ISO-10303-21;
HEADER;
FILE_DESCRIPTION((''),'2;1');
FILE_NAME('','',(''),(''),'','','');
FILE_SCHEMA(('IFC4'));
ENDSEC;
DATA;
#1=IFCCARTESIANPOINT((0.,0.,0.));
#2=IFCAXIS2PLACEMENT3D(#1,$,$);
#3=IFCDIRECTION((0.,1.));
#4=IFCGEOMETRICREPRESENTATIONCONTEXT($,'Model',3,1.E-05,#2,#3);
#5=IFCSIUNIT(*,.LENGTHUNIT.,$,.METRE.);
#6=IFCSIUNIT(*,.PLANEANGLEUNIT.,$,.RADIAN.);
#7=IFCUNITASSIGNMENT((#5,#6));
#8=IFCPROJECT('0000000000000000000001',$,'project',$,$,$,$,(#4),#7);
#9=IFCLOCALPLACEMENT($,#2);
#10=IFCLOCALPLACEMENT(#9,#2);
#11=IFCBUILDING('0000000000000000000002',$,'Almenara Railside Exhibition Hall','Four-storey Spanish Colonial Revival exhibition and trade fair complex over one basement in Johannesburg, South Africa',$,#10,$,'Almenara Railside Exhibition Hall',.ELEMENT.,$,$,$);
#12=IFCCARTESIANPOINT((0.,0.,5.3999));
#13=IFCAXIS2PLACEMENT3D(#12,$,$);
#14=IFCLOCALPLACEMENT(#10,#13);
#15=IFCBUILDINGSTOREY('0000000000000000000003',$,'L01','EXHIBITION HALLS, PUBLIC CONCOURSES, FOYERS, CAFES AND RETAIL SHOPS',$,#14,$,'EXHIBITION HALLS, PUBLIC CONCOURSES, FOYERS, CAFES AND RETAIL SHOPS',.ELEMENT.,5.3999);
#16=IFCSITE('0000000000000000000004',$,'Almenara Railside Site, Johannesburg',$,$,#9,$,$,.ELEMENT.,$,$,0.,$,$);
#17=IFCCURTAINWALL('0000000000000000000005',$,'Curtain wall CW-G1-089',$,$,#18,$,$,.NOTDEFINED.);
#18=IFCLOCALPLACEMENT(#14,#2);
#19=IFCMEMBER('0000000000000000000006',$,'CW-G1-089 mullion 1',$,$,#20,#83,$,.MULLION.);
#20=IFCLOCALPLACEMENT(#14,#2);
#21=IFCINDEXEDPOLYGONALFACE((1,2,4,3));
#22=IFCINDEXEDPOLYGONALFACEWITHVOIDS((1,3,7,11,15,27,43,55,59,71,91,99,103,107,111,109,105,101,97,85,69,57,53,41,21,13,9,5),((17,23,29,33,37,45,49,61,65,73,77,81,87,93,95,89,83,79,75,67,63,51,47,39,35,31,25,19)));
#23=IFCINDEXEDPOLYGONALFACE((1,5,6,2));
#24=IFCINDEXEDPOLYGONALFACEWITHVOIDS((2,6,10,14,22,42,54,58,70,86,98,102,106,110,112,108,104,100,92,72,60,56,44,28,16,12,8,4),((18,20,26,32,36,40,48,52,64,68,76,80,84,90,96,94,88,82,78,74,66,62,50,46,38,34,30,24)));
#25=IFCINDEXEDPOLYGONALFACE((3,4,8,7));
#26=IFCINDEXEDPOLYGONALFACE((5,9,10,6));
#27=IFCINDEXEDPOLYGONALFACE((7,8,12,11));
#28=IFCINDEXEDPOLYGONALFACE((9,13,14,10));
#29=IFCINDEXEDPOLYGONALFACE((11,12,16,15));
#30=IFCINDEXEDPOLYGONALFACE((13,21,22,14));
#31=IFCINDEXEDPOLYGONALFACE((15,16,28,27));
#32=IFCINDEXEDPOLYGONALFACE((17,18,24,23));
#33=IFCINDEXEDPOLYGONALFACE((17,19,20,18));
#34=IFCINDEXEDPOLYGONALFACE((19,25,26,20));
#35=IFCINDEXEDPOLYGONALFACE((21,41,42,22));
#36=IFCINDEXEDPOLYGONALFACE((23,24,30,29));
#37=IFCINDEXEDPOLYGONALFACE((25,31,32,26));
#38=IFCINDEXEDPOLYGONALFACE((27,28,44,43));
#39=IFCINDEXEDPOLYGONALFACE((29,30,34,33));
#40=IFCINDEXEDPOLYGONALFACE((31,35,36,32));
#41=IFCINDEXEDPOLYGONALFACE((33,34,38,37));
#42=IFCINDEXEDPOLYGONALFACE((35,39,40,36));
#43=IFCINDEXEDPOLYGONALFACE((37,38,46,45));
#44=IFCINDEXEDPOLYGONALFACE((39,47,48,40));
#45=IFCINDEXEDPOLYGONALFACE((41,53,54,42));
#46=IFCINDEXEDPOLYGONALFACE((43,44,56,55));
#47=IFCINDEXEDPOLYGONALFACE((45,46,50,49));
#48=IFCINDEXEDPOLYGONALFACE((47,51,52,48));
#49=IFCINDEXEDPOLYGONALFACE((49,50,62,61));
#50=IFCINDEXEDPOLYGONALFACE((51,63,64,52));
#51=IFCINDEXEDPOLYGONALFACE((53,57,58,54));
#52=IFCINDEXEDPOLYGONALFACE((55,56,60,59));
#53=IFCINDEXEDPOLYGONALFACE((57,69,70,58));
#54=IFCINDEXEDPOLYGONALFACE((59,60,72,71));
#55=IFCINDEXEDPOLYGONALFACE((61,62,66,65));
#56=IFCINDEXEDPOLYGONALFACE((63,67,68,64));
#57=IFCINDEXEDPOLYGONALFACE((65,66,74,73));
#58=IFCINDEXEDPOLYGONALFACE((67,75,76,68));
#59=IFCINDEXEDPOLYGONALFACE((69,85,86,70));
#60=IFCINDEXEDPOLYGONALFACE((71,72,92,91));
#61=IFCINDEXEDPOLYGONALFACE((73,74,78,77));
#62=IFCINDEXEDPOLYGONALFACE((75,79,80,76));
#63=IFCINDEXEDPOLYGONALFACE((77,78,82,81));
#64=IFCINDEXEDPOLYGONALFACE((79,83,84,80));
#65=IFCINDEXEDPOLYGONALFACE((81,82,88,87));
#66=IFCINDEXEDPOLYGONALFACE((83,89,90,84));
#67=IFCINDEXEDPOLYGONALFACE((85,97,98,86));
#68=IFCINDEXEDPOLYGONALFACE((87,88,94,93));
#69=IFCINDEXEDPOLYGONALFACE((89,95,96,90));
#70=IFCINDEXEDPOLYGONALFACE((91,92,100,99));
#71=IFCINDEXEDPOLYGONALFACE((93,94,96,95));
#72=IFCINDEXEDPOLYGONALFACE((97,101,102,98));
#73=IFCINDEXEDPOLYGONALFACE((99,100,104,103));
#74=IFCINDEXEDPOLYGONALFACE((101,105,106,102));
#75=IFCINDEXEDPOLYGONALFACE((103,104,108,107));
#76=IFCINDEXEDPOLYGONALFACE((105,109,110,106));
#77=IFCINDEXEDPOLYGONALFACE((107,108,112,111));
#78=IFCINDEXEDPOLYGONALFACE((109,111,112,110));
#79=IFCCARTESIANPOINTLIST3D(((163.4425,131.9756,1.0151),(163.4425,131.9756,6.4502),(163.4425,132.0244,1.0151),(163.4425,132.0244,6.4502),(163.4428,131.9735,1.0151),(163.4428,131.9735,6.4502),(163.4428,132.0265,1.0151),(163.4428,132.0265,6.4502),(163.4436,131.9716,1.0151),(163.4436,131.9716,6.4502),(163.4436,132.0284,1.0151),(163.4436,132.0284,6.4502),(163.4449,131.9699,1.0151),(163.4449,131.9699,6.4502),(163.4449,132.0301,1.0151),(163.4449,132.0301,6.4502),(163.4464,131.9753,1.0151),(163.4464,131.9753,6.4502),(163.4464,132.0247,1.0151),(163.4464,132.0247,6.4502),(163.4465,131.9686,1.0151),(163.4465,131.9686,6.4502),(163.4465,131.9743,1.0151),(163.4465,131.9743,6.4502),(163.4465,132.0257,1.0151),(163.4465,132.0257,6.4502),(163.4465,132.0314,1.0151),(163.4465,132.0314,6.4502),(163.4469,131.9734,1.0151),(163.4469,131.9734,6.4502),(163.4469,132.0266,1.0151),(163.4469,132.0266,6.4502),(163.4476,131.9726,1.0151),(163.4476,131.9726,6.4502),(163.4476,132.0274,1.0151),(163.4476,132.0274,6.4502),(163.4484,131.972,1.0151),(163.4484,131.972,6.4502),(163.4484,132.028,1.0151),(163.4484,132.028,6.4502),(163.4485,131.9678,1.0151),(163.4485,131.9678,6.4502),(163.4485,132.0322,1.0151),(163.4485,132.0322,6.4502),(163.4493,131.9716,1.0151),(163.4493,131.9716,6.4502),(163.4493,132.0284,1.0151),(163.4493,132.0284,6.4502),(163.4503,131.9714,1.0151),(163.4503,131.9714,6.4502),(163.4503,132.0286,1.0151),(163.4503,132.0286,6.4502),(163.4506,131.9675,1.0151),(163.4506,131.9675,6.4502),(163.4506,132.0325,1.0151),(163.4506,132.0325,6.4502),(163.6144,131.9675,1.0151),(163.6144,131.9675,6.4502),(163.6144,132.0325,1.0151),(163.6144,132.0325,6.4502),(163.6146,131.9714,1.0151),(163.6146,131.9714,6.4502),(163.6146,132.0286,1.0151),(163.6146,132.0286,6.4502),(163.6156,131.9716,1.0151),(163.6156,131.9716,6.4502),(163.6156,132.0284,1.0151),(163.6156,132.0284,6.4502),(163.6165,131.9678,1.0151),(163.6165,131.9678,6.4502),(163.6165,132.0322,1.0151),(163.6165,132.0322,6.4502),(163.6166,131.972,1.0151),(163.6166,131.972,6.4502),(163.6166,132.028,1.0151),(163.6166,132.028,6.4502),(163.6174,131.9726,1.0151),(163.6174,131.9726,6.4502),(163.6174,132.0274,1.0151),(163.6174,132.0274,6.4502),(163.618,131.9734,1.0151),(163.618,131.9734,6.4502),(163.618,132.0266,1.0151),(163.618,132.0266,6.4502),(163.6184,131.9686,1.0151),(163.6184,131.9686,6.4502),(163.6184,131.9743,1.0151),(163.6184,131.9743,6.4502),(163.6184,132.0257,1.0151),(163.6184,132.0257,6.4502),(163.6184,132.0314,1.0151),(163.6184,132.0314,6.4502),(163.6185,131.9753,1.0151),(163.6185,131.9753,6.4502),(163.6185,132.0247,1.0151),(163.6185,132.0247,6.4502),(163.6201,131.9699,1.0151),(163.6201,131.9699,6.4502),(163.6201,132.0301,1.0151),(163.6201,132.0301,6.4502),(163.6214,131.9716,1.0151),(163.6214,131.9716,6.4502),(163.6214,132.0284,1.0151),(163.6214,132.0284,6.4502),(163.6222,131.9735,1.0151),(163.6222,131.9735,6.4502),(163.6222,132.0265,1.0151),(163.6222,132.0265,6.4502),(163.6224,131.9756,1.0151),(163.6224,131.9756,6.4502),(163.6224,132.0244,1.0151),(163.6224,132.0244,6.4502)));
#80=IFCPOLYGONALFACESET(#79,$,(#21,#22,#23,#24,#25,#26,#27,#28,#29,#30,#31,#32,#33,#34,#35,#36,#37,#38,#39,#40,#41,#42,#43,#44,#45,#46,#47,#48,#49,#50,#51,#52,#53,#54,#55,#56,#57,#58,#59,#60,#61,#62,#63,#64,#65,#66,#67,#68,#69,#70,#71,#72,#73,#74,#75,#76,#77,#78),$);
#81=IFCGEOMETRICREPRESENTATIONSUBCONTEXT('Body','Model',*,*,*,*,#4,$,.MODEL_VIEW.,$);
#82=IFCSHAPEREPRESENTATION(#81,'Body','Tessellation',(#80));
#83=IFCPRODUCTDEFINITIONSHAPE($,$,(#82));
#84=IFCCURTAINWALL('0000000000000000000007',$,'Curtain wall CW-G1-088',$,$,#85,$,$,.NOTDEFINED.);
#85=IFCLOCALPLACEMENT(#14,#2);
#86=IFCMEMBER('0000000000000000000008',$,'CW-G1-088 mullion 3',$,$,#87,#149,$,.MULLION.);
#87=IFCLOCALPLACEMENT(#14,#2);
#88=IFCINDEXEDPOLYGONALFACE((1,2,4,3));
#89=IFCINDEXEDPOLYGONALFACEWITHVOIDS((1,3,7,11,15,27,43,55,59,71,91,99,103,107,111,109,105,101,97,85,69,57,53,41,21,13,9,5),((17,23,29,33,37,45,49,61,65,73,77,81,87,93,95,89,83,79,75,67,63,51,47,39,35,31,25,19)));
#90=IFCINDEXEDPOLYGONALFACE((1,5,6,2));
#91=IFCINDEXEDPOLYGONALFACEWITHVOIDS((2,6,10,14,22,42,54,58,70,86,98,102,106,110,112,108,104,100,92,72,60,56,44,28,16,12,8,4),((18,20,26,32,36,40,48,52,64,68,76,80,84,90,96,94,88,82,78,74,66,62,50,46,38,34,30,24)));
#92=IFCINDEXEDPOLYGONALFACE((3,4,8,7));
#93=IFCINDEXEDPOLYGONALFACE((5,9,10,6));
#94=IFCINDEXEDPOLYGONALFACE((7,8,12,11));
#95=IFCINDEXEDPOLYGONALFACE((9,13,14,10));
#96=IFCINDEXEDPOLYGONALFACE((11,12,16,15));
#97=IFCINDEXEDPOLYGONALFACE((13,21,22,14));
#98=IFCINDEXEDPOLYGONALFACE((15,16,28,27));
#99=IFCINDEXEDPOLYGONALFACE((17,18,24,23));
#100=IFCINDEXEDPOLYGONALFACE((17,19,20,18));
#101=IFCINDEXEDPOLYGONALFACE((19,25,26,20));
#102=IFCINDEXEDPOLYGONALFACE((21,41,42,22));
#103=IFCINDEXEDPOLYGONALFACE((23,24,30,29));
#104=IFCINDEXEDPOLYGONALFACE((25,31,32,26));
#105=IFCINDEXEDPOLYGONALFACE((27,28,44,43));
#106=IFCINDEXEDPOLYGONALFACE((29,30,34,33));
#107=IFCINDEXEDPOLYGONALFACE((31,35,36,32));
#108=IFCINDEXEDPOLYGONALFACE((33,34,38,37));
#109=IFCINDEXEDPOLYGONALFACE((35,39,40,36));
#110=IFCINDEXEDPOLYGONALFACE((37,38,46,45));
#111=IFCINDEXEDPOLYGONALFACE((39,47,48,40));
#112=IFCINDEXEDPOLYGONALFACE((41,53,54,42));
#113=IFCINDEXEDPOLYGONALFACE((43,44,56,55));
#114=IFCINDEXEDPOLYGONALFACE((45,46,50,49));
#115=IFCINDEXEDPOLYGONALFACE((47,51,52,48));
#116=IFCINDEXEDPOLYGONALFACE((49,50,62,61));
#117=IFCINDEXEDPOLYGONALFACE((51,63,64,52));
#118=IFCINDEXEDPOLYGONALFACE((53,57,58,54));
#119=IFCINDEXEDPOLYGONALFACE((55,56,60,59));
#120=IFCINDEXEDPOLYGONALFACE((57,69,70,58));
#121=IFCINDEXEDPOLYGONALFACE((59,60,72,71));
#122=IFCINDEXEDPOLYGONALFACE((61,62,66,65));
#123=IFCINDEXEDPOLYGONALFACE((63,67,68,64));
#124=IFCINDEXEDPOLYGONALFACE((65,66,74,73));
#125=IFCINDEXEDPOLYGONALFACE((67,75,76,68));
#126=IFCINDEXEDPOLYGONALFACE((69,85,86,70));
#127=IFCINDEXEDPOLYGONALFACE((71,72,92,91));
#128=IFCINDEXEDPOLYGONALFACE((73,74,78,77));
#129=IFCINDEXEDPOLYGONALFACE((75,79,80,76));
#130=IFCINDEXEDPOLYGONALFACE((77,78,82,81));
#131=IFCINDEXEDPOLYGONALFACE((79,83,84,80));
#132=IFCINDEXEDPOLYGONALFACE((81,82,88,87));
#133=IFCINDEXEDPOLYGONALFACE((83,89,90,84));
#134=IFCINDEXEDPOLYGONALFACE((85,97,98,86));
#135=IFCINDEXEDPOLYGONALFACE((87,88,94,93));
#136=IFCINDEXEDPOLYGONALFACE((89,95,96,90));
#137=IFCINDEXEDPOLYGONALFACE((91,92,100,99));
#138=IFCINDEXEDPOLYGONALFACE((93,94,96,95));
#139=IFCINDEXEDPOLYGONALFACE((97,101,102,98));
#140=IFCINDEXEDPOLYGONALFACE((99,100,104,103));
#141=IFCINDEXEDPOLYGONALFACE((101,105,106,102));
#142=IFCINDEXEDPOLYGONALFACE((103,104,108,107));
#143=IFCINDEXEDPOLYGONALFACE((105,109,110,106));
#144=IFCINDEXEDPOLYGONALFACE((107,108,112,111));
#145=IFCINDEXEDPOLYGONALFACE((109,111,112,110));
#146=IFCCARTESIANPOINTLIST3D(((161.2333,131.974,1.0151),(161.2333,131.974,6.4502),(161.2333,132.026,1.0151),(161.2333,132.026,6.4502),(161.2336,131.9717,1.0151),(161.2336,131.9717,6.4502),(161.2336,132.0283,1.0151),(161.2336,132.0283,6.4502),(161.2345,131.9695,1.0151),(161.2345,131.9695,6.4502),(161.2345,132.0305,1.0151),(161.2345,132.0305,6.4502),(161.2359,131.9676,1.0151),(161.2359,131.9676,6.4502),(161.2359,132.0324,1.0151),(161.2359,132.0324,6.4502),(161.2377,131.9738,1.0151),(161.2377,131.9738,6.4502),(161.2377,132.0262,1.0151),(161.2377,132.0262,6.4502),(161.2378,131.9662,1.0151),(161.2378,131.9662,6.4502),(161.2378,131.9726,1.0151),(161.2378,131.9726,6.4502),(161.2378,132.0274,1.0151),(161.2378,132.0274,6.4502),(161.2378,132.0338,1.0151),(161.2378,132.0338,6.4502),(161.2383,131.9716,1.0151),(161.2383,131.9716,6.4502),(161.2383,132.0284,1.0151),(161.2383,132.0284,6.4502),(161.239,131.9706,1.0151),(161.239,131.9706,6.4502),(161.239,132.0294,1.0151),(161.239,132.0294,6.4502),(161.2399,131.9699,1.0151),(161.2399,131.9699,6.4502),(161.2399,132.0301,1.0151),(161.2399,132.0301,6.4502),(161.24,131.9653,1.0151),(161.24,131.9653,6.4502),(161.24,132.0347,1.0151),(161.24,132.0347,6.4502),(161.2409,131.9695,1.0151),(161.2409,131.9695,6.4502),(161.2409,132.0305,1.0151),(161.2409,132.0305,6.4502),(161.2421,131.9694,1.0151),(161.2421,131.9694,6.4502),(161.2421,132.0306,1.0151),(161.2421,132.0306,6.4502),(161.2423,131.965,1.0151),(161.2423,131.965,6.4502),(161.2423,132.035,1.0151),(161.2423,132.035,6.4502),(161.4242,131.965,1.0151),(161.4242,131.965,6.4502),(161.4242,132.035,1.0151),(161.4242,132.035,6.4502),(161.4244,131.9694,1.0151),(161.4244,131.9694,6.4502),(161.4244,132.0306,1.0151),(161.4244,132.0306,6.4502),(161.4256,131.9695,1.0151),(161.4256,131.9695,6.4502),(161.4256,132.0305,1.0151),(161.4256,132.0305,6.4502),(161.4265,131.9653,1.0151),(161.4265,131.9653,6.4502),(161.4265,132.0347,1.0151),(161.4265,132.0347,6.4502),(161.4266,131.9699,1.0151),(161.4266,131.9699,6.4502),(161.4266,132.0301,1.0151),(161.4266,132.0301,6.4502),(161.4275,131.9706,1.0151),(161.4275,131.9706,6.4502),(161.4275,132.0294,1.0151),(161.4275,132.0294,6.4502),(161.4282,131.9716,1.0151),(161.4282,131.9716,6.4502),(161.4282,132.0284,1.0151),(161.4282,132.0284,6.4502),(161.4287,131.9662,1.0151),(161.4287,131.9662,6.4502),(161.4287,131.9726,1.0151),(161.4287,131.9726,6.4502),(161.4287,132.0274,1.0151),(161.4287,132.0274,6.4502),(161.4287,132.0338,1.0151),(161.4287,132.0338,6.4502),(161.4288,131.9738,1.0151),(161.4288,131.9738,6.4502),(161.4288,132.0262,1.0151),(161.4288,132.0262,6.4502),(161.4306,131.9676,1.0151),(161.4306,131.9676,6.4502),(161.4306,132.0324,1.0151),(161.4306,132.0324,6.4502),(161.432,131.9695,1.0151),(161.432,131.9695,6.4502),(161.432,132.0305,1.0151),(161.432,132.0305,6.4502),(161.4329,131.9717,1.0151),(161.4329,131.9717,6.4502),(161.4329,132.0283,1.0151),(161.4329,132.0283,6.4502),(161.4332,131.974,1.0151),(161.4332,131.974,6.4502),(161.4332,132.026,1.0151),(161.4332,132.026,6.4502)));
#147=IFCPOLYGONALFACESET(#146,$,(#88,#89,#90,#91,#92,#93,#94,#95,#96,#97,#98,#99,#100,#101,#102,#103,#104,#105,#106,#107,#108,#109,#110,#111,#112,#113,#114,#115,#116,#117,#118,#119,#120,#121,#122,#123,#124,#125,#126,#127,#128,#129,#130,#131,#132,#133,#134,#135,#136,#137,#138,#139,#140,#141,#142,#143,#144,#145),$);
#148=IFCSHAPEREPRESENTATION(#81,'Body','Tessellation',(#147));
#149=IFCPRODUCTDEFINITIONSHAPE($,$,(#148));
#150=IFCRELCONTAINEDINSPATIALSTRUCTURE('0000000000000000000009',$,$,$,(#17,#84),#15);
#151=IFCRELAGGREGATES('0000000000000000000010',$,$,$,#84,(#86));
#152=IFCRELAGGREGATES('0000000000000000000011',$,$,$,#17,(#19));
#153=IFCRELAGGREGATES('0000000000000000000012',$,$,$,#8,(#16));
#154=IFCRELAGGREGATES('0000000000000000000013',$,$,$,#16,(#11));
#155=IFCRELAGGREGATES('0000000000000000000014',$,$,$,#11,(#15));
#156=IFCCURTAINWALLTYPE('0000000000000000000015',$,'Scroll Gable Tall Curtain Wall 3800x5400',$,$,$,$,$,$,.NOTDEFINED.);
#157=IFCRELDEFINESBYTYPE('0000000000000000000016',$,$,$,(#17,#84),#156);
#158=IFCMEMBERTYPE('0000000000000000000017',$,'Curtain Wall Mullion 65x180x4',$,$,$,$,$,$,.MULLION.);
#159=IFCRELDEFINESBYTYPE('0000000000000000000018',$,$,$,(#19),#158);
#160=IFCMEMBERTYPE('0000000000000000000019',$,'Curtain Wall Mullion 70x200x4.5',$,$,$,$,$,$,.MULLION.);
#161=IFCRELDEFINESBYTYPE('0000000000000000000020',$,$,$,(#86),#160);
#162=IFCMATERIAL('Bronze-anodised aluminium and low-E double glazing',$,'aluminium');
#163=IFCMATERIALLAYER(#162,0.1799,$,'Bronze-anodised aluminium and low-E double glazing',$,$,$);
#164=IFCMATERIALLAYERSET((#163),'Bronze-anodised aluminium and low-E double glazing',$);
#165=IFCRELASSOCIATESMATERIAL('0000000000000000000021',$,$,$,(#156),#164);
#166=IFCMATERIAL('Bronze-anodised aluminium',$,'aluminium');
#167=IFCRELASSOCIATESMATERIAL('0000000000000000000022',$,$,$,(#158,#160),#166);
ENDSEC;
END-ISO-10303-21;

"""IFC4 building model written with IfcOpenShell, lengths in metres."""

from ifc_helpers import new_model, si_unit, direction, frame, origin, origin_2d, place, context, subcontext, project, spatial, hollow_rectangle, extrude, material, layer, layer_set, material_profile, profile_set, type_object, element, aggregate, save


model = new_model("IFC4")

# Units and contexts
model_context = context("Model", 3, precision=1e-05, world=origin(), true_north=direction((0.0, 1.0)))
body_context = subcontext(model_context, "Body", "Model", "MODEL_VIEW")
ifc_project = project(units=[si_unit("LENGTHUNIT", "METRE"), si_unit("PLANEANGLEUNIT", "RADIAN")], contexts=[model_context])

# Site, building, storey
site_placement = place(None, origin())
site = spatial("IfcSite", under=ifc_project, at=site_placement, Name="Almenara Railside Site, Johannesburg", CompositionType="ELEMENT", RefElevation=0.0)
building_placement = place(site_placement, origin())
building = spatial("IfcBuilding", under=site, at=building_placement, Name="Almenara Railside Exhibition Hall", Description="Four-storey Spanish Colonial Revival exhibition and trade fair complex over one basement in Johannesburg, South Africa", LongName="Almenara Railside Exhibition Hall", CompositionType="ELEMENT")
storey_placement = place(building_placement, frame((0.0, 0.0, 5.3999)))
storey = spatial("IfcBuildingStorey", under=building, at=storey_placement, Name="L01", Description="EXHIBITION HALLS, PUBLIC CONCOURSES, FOYERS, CAFES AND RETAIL SHOPS", LongName="EXHIBITION HALLS, PUBLIC CONCOURSES, FOYERS, CAFES AND RETAIL SHOPS", CompositionType="ELEMENT", Elevation=5.3999)

# Curtain wall, member
ifc_material_1 = material(Name="Bronze-anodised aluminium and low-E double glazing", Category="aluminium")
ifc_layer_1 = layer(ifc_material_1, 0.1799, Name="Bronze-anodised aluminium and low-E double glazing")
ifc_layer_set_1 = layer_set([ifc_layer_1], Name="Bronze-anodised aluminium and low-E double glazing")
curtain_wall_type = type_object("IfcCurtainWallType", Name="Scroll Gable Tall Curtain Wall 3800x5400", PredefinedType="NOTDEFINED", material=ifc_layer_set_1)
curtain_wall_1_placement = place(storey_placement, origin())
curtain_wall_1 = element("IfcCurtainWall", 1, at=curtain_wall_1_placement, inside=storey, type_object=curtain_wall_type, Name="Curtain wall CW-G1-089", PredefinedType="NOTDEFINED")
ifc_material_2 = material(Name="Bronze-anodised aluminium", Category="aluminium")
ifc_material_profile_1 = material_profile(ifc_material_2, hollow_rectangle(XDim=0.0649, YDim=0.1799, WallThickness=0.0039, InnerFilletRadius=0.0039, OuterFilletRadius=0.0081, at=origin_2d()), Name="ALU-MUL 65x180x4")
ifc_profile_set_1 = profile_set([ifc_material_profile_1], Name="Bronze-anodised aluminium")
member_type_1 = type_object("IfcMemberType", Name="Curtain Wall Mullion 65x180x4", PredefinedType="MULLION", material=ifc_profile_set_1)
member_1_placement = place(storey_placement, frame((163.5325, 132.0, 1.0151), z_axis=(0.0, 0.0, 1.0), x_axis=(0.0, 1.0, 0.0)))
member_1 = element("IfcMember", 2, at=member_1_placement, type_object=member_type_1, Name="CW-G1-089 mullion 1", PredefinedType="MULLION", context=body_context, shape_type="SweptSolid", body=[
    extrude(hollow_rectangle(XDim=0.0649, YDim=0.1799, WallThickness=0.0039, InnerFilletRadius=0.0039, OuterFilletRadius=0.0081, at=origin_2d()), origin(), (0.0, 0.0, 1.0), 5.4351),
])

# Curtain wall, member
curtain_wall_2_placement = place(storey_placement, origin())
curtain_wall_2 = element("IfcCurtainWall", 3, at=curtain_wall_2_placement, inside=storey, type_object=curtain_wall_type, Name="Curtain wall CW-G1-088", PredefinedType="NOTDEFINED")
ifc_material_profile_2 = material_profile(ifc_material_2, hollow_rectangle(XDim=0.0701, YDim=0.2, WallThickness=0.0044, InnerFilletRadius=0.0044, OuterFilletRadius=0.009, at=origin_2d()), Name="ALU-MUL 70x200x4.5")
ifc_profile_set_2 = profile_set([ifc_material_profile_2], Name="Bronze-anodised aluminium")
member_type_2 = type_object("IfcMemberType", Name="Curtain Wall Mullion 70x200x4.5", PredefinedType="MULLION", material=ifc_profile_set_2)
member_2_placement = place(storey_placement, frame((161.3333, 132.0, 1.0151), z_axis=(0.0, 0.0, 1.0), x_axis=(0.0, 1.0, 0.0)))
member_2 = element("IfcMember", 4, at=member_2_placement, type_object=member_type_2, Name="CW-G1-088 mullion 3", PredefinedType="MULLION", context=body_context, shape_type="SweptSolid", body=[
    extrude(hollow_rectangle(XDim=0.0701, YDim=0.2, WallThickness=0.0044, InnerFilletRadius=0.0044, OuterFilletRadius=0.009, at=origin_2d()), origin(), (0.0, 0.0, 1.0), 5.4351),
])

aggregate(curtain_wall_2, [member_2])
aggregate(curtain_wall_1, [member_1])

save(model, "model.ifc")
